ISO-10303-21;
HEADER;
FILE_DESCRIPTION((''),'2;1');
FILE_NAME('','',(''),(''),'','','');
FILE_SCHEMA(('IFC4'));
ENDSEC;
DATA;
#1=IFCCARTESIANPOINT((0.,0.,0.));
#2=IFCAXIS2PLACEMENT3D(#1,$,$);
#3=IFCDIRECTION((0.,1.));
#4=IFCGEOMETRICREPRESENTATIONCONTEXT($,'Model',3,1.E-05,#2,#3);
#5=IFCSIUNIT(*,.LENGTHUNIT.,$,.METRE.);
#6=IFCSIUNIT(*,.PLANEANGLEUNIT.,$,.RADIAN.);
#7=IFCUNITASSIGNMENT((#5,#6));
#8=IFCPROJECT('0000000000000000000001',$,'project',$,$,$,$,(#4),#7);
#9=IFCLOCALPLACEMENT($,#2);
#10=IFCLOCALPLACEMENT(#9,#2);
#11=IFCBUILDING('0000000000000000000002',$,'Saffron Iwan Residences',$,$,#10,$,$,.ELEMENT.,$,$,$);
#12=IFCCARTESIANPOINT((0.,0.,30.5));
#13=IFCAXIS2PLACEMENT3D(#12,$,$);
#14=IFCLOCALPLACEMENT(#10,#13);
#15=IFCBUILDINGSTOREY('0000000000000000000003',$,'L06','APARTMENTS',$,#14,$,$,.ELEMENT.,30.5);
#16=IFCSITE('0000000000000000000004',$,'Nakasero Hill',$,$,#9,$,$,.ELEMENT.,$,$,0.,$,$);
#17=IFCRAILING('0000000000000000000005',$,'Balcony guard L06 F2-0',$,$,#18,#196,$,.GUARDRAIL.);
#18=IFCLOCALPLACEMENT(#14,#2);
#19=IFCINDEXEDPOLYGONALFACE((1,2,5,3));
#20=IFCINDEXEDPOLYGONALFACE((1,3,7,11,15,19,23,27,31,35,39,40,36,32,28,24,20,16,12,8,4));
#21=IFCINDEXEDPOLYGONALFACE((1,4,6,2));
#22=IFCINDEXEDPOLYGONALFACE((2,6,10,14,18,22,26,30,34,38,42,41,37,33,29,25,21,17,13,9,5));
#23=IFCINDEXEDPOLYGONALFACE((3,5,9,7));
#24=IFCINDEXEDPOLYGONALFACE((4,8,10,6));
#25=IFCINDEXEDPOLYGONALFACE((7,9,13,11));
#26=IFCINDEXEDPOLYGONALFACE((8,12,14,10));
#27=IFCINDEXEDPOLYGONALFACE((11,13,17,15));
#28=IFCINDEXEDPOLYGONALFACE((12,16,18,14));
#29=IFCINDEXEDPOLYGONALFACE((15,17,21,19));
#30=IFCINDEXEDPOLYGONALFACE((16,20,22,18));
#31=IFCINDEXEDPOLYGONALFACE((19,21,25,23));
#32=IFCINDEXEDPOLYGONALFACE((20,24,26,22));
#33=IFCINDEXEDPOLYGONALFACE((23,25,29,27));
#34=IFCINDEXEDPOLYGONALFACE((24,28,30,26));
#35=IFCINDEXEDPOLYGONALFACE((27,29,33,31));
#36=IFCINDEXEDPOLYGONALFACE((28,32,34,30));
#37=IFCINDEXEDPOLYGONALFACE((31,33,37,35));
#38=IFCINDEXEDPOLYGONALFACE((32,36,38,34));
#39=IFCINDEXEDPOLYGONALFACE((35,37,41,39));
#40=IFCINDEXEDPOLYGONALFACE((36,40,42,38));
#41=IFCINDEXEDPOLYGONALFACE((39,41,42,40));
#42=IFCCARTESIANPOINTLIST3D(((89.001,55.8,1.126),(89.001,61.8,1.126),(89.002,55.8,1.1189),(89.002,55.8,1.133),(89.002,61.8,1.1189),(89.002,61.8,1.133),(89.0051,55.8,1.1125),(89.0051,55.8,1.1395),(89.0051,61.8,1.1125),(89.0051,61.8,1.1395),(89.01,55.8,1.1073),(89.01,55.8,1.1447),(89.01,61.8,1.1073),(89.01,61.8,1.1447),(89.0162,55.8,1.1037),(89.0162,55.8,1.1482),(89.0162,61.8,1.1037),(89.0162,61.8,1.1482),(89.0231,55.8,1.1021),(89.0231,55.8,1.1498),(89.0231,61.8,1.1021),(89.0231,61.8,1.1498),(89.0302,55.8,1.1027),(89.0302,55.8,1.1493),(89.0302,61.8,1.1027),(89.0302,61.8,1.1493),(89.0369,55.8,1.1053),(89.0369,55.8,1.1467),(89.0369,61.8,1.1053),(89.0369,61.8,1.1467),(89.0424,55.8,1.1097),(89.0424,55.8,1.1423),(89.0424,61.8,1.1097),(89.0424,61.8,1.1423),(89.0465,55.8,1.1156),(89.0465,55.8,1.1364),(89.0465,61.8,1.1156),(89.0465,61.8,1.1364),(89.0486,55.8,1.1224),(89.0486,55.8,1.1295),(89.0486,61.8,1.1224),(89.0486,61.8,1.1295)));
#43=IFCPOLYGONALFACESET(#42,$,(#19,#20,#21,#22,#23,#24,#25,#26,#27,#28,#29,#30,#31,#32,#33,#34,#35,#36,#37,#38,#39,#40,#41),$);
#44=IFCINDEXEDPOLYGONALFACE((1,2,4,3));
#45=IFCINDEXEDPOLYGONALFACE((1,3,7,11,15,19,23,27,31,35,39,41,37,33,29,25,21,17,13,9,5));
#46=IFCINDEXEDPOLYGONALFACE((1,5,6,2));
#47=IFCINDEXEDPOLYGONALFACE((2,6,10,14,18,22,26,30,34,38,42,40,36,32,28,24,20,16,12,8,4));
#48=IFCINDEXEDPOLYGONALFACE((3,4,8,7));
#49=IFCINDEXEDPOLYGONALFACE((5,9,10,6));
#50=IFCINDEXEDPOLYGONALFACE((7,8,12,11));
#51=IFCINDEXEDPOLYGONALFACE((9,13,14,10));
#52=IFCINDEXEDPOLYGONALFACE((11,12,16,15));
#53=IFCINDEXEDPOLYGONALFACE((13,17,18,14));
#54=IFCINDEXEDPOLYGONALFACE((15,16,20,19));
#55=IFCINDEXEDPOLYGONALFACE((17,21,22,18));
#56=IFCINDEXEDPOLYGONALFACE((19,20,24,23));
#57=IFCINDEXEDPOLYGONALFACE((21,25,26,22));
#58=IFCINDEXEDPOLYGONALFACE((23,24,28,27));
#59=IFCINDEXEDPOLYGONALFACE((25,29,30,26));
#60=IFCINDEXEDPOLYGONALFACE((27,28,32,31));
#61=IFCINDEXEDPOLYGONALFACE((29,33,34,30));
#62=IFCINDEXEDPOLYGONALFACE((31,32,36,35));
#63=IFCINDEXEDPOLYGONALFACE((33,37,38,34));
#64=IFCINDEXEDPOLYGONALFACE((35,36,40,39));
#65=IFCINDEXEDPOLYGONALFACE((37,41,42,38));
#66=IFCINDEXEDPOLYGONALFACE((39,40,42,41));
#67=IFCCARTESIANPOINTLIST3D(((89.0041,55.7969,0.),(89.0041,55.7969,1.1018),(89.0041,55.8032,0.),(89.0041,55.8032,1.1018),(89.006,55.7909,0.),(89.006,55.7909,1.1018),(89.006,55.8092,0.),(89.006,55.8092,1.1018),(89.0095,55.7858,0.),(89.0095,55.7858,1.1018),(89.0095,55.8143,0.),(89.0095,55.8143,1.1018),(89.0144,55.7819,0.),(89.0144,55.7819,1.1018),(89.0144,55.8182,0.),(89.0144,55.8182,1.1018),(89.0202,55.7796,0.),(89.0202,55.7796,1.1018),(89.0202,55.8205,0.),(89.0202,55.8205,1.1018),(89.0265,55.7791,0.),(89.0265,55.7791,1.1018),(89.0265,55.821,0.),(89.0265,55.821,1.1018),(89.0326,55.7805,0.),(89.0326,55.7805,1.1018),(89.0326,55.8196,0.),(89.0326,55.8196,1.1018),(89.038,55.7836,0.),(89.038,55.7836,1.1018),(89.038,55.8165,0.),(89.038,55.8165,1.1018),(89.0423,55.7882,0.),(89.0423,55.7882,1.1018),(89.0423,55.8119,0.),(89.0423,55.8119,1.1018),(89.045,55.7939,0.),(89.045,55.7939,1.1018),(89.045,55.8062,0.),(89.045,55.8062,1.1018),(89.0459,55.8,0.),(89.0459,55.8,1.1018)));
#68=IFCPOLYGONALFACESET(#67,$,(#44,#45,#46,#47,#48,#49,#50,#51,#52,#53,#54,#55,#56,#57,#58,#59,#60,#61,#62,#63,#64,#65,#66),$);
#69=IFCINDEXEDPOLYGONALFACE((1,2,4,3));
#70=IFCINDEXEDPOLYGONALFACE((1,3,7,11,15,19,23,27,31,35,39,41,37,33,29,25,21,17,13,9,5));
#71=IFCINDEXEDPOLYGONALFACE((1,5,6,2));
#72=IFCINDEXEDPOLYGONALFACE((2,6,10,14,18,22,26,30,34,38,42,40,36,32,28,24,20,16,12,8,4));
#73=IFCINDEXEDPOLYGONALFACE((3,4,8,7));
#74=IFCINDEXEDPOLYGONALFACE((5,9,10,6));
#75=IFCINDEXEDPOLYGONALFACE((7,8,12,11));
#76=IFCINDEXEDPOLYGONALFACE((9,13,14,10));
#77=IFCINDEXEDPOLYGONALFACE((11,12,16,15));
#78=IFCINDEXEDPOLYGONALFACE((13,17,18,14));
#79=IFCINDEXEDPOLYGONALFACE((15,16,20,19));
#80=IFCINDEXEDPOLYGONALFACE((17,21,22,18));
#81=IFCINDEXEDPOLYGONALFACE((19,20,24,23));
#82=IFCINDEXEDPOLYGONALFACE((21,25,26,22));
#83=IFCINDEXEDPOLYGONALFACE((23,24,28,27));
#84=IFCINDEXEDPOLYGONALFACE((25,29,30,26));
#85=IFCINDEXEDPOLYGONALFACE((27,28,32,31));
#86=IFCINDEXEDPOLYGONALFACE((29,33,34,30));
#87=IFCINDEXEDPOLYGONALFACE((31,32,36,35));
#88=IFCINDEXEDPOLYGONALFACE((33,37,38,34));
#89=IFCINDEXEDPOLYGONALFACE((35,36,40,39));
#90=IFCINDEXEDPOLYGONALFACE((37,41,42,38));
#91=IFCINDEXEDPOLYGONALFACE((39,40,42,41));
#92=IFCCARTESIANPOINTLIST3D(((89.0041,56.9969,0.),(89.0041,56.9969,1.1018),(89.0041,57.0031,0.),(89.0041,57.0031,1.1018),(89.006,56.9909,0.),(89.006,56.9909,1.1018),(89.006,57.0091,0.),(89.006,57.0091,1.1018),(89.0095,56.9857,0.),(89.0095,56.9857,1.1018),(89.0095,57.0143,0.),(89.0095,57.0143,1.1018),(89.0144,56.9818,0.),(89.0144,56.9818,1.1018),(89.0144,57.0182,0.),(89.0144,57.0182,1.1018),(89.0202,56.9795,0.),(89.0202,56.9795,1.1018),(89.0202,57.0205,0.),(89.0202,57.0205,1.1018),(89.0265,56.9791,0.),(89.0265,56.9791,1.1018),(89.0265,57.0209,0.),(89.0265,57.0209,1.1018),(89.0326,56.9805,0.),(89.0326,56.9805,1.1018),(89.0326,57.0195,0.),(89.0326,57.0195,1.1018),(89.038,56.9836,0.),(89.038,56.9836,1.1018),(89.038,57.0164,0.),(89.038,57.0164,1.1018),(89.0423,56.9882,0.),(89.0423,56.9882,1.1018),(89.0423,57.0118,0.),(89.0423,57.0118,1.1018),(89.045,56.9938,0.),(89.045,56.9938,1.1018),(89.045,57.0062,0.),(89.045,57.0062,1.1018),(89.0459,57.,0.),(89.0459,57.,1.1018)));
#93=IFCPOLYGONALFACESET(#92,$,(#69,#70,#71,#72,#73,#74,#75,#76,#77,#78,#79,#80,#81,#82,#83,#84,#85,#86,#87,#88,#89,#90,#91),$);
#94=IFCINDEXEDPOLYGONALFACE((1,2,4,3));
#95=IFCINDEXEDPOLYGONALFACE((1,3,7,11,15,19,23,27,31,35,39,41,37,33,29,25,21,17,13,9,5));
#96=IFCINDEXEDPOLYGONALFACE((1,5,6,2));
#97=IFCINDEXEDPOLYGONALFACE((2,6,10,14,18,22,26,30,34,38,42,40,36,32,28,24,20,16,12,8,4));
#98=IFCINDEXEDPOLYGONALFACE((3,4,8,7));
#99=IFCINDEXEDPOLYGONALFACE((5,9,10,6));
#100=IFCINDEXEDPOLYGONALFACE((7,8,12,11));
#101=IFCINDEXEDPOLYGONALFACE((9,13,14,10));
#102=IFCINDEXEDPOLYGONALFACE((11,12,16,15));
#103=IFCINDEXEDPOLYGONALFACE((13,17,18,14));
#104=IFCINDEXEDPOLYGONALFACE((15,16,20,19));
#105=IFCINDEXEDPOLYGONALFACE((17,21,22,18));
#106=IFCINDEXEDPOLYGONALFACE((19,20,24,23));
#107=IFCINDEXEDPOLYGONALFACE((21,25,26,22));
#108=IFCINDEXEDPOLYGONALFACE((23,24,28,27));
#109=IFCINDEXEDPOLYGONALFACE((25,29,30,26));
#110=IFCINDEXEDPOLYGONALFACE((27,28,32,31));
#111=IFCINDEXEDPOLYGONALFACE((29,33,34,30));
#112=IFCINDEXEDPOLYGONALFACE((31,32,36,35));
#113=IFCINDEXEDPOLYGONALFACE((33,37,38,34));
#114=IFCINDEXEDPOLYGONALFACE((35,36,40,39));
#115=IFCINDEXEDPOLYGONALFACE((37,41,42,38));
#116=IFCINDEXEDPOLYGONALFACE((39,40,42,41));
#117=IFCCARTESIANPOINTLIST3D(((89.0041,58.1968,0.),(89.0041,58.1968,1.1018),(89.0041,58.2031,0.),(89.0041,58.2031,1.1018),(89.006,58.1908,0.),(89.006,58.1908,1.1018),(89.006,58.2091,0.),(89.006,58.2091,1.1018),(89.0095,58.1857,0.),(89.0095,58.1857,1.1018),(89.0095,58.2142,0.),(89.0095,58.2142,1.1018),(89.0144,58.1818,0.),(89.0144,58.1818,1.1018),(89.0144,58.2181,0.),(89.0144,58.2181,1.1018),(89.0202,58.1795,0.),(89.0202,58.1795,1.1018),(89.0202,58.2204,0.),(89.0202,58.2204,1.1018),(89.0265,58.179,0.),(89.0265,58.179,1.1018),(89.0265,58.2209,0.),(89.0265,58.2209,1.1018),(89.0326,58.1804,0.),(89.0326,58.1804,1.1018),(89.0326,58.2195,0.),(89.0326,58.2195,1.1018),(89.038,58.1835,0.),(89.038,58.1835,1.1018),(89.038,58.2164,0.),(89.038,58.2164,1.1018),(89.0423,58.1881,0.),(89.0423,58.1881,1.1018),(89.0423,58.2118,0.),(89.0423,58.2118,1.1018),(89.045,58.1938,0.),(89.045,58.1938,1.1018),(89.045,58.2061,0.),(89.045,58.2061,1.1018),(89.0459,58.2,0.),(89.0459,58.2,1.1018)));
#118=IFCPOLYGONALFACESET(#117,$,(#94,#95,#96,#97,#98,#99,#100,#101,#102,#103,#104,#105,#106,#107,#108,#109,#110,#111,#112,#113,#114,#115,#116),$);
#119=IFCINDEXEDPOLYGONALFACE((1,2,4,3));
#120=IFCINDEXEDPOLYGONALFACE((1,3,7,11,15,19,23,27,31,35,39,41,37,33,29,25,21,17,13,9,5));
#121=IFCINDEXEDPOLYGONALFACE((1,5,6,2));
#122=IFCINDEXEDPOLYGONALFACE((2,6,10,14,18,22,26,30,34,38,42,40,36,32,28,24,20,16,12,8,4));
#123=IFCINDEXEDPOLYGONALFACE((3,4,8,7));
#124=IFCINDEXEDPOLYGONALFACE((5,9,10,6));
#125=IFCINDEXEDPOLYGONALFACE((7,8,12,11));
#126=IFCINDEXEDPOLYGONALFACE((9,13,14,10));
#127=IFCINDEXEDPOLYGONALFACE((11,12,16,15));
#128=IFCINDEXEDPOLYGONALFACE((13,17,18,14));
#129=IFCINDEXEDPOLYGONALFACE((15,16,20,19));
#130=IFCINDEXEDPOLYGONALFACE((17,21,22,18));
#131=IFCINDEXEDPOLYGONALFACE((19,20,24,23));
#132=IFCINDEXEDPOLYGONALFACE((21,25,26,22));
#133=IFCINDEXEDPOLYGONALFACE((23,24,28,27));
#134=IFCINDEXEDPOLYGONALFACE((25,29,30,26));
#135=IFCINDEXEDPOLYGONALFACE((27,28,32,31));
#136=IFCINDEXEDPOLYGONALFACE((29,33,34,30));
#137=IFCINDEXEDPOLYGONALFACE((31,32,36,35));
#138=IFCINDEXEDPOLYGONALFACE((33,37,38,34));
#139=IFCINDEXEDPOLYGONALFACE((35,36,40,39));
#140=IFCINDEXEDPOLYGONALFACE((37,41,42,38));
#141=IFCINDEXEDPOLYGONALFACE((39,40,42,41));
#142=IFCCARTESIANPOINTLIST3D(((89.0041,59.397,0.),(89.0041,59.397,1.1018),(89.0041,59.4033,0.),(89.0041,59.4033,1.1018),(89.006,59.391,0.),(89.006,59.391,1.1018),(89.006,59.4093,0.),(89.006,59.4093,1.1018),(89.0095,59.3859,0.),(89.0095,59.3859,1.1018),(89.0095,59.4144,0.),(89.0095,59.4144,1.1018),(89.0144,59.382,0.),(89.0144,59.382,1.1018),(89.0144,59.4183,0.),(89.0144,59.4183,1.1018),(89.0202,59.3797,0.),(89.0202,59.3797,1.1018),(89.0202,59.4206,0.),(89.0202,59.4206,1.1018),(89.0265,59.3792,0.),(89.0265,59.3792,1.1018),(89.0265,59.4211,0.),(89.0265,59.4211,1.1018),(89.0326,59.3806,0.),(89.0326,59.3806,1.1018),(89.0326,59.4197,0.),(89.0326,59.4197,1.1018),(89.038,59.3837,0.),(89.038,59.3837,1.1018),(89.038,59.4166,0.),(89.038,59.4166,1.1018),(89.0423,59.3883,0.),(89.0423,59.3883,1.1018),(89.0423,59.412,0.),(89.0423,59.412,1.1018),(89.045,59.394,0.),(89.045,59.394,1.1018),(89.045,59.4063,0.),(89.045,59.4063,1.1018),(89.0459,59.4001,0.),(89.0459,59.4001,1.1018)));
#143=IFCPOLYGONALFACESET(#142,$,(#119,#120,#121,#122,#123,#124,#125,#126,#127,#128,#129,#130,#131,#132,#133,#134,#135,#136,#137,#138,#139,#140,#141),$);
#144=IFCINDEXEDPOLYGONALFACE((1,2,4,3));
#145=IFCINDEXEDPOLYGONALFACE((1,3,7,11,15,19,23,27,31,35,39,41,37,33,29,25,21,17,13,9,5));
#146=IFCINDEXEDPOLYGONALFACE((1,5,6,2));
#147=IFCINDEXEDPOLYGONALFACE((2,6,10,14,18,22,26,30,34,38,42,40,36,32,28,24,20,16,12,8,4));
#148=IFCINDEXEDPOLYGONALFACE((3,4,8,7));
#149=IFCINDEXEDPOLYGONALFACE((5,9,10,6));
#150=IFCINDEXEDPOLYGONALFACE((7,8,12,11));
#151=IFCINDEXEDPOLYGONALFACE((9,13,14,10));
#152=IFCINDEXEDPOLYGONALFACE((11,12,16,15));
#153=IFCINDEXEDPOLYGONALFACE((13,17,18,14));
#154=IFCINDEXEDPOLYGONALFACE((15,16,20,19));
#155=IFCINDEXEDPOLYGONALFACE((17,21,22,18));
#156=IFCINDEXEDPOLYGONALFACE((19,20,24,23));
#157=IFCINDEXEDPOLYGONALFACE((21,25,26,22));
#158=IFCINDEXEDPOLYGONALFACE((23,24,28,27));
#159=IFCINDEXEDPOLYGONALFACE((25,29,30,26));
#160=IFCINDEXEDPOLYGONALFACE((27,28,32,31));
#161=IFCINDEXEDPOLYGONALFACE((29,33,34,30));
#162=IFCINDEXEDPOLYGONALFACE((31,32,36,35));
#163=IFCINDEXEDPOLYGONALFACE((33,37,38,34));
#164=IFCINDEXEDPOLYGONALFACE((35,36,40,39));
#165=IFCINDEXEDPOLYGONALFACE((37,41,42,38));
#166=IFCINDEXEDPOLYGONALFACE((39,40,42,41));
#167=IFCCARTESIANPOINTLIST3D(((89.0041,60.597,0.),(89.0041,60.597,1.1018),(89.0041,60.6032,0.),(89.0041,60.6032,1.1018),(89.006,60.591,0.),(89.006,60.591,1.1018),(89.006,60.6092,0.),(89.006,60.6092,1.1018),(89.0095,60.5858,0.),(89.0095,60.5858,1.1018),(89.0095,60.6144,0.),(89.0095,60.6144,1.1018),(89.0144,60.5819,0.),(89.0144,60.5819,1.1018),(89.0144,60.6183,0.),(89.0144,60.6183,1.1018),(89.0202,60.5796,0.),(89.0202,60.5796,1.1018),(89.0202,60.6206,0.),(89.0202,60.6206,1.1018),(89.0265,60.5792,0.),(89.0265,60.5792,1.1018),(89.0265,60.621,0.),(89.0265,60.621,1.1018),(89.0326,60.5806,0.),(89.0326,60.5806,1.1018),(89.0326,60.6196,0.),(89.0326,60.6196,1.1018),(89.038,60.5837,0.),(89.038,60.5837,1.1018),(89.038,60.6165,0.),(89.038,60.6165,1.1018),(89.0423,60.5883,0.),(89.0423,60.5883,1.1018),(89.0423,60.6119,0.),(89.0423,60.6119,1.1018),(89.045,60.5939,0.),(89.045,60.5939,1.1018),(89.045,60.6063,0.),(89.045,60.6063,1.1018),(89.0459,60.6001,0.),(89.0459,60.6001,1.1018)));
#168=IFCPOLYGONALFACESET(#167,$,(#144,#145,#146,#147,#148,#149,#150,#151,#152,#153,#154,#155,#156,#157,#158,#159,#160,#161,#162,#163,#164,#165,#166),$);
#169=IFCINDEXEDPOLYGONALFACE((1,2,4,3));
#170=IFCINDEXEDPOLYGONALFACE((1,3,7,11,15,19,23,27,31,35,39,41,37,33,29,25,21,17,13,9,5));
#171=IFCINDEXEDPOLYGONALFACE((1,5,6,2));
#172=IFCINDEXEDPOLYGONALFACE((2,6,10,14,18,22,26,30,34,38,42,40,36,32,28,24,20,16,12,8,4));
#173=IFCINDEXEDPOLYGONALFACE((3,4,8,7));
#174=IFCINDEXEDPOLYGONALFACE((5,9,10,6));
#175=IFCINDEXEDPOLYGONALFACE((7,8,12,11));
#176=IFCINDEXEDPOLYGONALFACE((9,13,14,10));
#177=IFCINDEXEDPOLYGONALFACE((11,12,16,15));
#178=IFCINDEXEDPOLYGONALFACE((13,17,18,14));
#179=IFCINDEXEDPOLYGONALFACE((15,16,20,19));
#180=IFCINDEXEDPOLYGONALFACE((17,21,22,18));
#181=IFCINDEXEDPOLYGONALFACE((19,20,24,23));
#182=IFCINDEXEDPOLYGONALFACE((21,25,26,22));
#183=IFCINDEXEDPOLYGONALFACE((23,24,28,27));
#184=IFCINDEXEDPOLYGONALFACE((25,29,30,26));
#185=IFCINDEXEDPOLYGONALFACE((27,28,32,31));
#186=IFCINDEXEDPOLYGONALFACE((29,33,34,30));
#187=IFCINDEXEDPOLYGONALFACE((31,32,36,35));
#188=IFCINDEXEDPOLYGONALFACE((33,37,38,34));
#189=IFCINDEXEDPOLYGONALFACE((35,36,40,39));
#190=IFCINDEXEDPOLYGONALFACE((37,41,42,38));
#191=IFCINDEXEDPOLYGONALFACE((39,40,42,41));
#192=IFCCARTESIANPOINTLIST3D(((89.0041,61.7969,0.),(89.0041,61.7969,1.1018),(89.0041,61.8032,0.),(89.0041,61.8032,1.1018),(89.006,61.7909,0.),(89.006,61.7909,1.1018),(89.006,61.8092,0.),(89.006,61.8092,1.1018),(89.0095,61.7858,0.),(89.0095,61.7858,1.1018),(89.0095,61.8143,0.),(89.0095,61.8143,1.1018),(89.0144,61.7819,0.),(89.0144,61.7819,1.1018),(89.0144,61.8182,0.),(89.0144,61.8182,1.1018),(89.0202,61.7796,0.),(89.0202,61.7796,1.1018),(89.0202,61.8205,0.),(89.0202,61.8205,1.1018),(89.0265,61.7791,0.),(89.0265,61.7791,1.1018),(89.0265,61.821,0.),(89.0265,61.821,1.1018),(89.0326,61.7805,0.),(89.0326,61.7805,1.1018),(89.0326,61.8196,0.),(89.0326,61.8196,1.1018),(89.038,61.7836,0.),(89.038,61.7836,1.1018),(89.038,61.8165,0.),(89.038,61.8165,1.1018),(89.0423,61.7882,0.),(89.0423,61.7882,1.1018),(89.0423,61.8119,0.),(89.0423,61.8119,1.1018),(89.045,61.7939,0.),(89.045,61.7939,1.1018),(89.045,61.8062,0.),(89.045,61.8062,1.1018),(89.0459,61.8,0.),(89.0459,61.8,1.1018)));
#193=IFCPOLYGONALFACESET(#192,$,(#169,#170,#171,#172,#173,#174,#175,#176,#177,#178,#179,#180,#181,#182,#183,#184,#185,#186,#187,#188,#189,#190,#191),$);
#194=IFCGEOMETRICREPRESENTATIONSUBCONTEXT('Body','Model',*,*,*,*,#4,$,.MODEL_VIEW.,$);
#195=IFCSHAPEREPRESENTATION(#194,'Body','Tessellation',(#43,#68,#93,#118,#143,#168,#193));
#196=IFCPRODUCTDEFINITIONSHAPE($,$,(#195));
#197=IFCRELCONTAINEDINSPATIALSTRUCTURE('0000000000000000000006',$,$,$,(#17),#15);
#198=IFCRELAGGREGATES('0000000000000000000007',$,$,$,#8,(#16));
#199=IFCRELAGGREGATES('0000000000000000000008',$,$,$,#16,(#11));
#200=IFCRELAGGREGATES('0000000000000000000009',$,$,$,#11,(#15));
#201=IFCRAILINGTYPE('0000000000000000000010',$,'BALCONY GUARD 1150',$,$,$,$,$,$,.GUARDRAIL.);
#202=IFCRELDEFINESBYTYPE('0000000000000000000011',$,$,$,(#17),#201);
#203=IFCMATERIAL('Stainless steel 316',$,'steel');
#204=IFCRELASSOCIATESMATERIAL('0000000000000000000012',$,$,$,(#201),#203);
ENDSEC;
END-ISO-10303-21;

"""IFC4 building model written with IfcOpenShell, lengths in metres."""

from ifc_helpers import new_model, si_unit, direction, frame, origin, origin_2d, place, context, subcontext, project, spatial, circle, extrude, material, type_object, element, save


model = new_model("IFC4")

# Units and contexts
model_context = context("Model", 3, precision=1e-05, world=origin(), true_north=direction((0.0, 1.0)))
body_context = subcontext(model_context, "Body", "Model", "MODEL_VIEW")
ifc_project = project(units=[si_unit("LENGTHUNIT", "METRE"), si_unit("PLANEANGLEUNIT", "RADIAN")], contexts=[model_context])

# Site, building, storey
site_placement = place(None, origin())
site = spatial("IfcSite", under=ifc_project, at=site_placement, Name="Nakasero Hill", CompositionType="ELEMENT", RefElevation=0.0)
building_placement = place(site_placement, origin())
building = spatial("IfcBuilding", under=site, at=building_placement, Name="Saffron Iwan Residences", CompositionType="ELEMENT")
storey_placement = place(building_placement, frame((0.0, 0.0, 30.5)))
storey = spatial("IfcBuildingStorey", under=building, at=storey_placement, Name="L06", Description="APARTMENTS", CompositionType="ELEMENT", Elevation=30.5)

# Railing
ifc_material_1 = material(Name="Stainless steel 316", Category="steel")
railing_type_1 = type_object("IfcRailingType", Name="BALCONY GUARD 1150", PredefinedType="GUARDRAIL", material=ifc_material_1)
railing_1_placement = place(storey_placement, frame((89.0249, 55.8, 0.0)))
element("IfcRailing", 1, at=railing_1_placement, inside=storey, type_object=railing_type_1, Name="Balcony guard L06 F2-0", PredefinedType="GUARDRAIL", context=body_context, shape_type="SweptSolid", body=[
    extrude(circle(Radius=0.0239, at=origin_2d()), frame((0.0, 0.0, 1.126), z_axis=(0.0, 1.0, 0.0), x_axis=(-1.0, 0.0, 0.0)), (0.0, 0.0, 1.0), 6.0),
    extrude(circle(Radius=0.021, at=origin_2d()), origin(), (0.0, 0.0, 1.0), 1.1018),
    extrude(circle(Radius=0.021, at=origin_2d()), frame((0.0, 1.2, 0.0)), (0.0, 0.0, 1.0), 1.1018),
    extrude(circle(Radius=0.021, at=origin_2d()), frame((0.0, 2.3999, 0.0)), (0.0, 0.0, 1.0), 1.1018),
    extrude(circle(Radius=0.021, at=origin_2d()), frame((0.0, 3.6001, 0.0)), (0.0, 0.0, 1.0), 1.1018),
    extrude(circle(Radius=0.021, at=origin_2d()), frame((0.0, 4.8, 0.0)), (0.0, 0.0, 1.0), 1.1018),
    extrude(circle(Radius=0.021, at=origin_2d()), frame((0.0, 6.0, 0.0)), (0.0, 0.0, 1.0), 1.1018),
])

save(model, "model.ifc")
